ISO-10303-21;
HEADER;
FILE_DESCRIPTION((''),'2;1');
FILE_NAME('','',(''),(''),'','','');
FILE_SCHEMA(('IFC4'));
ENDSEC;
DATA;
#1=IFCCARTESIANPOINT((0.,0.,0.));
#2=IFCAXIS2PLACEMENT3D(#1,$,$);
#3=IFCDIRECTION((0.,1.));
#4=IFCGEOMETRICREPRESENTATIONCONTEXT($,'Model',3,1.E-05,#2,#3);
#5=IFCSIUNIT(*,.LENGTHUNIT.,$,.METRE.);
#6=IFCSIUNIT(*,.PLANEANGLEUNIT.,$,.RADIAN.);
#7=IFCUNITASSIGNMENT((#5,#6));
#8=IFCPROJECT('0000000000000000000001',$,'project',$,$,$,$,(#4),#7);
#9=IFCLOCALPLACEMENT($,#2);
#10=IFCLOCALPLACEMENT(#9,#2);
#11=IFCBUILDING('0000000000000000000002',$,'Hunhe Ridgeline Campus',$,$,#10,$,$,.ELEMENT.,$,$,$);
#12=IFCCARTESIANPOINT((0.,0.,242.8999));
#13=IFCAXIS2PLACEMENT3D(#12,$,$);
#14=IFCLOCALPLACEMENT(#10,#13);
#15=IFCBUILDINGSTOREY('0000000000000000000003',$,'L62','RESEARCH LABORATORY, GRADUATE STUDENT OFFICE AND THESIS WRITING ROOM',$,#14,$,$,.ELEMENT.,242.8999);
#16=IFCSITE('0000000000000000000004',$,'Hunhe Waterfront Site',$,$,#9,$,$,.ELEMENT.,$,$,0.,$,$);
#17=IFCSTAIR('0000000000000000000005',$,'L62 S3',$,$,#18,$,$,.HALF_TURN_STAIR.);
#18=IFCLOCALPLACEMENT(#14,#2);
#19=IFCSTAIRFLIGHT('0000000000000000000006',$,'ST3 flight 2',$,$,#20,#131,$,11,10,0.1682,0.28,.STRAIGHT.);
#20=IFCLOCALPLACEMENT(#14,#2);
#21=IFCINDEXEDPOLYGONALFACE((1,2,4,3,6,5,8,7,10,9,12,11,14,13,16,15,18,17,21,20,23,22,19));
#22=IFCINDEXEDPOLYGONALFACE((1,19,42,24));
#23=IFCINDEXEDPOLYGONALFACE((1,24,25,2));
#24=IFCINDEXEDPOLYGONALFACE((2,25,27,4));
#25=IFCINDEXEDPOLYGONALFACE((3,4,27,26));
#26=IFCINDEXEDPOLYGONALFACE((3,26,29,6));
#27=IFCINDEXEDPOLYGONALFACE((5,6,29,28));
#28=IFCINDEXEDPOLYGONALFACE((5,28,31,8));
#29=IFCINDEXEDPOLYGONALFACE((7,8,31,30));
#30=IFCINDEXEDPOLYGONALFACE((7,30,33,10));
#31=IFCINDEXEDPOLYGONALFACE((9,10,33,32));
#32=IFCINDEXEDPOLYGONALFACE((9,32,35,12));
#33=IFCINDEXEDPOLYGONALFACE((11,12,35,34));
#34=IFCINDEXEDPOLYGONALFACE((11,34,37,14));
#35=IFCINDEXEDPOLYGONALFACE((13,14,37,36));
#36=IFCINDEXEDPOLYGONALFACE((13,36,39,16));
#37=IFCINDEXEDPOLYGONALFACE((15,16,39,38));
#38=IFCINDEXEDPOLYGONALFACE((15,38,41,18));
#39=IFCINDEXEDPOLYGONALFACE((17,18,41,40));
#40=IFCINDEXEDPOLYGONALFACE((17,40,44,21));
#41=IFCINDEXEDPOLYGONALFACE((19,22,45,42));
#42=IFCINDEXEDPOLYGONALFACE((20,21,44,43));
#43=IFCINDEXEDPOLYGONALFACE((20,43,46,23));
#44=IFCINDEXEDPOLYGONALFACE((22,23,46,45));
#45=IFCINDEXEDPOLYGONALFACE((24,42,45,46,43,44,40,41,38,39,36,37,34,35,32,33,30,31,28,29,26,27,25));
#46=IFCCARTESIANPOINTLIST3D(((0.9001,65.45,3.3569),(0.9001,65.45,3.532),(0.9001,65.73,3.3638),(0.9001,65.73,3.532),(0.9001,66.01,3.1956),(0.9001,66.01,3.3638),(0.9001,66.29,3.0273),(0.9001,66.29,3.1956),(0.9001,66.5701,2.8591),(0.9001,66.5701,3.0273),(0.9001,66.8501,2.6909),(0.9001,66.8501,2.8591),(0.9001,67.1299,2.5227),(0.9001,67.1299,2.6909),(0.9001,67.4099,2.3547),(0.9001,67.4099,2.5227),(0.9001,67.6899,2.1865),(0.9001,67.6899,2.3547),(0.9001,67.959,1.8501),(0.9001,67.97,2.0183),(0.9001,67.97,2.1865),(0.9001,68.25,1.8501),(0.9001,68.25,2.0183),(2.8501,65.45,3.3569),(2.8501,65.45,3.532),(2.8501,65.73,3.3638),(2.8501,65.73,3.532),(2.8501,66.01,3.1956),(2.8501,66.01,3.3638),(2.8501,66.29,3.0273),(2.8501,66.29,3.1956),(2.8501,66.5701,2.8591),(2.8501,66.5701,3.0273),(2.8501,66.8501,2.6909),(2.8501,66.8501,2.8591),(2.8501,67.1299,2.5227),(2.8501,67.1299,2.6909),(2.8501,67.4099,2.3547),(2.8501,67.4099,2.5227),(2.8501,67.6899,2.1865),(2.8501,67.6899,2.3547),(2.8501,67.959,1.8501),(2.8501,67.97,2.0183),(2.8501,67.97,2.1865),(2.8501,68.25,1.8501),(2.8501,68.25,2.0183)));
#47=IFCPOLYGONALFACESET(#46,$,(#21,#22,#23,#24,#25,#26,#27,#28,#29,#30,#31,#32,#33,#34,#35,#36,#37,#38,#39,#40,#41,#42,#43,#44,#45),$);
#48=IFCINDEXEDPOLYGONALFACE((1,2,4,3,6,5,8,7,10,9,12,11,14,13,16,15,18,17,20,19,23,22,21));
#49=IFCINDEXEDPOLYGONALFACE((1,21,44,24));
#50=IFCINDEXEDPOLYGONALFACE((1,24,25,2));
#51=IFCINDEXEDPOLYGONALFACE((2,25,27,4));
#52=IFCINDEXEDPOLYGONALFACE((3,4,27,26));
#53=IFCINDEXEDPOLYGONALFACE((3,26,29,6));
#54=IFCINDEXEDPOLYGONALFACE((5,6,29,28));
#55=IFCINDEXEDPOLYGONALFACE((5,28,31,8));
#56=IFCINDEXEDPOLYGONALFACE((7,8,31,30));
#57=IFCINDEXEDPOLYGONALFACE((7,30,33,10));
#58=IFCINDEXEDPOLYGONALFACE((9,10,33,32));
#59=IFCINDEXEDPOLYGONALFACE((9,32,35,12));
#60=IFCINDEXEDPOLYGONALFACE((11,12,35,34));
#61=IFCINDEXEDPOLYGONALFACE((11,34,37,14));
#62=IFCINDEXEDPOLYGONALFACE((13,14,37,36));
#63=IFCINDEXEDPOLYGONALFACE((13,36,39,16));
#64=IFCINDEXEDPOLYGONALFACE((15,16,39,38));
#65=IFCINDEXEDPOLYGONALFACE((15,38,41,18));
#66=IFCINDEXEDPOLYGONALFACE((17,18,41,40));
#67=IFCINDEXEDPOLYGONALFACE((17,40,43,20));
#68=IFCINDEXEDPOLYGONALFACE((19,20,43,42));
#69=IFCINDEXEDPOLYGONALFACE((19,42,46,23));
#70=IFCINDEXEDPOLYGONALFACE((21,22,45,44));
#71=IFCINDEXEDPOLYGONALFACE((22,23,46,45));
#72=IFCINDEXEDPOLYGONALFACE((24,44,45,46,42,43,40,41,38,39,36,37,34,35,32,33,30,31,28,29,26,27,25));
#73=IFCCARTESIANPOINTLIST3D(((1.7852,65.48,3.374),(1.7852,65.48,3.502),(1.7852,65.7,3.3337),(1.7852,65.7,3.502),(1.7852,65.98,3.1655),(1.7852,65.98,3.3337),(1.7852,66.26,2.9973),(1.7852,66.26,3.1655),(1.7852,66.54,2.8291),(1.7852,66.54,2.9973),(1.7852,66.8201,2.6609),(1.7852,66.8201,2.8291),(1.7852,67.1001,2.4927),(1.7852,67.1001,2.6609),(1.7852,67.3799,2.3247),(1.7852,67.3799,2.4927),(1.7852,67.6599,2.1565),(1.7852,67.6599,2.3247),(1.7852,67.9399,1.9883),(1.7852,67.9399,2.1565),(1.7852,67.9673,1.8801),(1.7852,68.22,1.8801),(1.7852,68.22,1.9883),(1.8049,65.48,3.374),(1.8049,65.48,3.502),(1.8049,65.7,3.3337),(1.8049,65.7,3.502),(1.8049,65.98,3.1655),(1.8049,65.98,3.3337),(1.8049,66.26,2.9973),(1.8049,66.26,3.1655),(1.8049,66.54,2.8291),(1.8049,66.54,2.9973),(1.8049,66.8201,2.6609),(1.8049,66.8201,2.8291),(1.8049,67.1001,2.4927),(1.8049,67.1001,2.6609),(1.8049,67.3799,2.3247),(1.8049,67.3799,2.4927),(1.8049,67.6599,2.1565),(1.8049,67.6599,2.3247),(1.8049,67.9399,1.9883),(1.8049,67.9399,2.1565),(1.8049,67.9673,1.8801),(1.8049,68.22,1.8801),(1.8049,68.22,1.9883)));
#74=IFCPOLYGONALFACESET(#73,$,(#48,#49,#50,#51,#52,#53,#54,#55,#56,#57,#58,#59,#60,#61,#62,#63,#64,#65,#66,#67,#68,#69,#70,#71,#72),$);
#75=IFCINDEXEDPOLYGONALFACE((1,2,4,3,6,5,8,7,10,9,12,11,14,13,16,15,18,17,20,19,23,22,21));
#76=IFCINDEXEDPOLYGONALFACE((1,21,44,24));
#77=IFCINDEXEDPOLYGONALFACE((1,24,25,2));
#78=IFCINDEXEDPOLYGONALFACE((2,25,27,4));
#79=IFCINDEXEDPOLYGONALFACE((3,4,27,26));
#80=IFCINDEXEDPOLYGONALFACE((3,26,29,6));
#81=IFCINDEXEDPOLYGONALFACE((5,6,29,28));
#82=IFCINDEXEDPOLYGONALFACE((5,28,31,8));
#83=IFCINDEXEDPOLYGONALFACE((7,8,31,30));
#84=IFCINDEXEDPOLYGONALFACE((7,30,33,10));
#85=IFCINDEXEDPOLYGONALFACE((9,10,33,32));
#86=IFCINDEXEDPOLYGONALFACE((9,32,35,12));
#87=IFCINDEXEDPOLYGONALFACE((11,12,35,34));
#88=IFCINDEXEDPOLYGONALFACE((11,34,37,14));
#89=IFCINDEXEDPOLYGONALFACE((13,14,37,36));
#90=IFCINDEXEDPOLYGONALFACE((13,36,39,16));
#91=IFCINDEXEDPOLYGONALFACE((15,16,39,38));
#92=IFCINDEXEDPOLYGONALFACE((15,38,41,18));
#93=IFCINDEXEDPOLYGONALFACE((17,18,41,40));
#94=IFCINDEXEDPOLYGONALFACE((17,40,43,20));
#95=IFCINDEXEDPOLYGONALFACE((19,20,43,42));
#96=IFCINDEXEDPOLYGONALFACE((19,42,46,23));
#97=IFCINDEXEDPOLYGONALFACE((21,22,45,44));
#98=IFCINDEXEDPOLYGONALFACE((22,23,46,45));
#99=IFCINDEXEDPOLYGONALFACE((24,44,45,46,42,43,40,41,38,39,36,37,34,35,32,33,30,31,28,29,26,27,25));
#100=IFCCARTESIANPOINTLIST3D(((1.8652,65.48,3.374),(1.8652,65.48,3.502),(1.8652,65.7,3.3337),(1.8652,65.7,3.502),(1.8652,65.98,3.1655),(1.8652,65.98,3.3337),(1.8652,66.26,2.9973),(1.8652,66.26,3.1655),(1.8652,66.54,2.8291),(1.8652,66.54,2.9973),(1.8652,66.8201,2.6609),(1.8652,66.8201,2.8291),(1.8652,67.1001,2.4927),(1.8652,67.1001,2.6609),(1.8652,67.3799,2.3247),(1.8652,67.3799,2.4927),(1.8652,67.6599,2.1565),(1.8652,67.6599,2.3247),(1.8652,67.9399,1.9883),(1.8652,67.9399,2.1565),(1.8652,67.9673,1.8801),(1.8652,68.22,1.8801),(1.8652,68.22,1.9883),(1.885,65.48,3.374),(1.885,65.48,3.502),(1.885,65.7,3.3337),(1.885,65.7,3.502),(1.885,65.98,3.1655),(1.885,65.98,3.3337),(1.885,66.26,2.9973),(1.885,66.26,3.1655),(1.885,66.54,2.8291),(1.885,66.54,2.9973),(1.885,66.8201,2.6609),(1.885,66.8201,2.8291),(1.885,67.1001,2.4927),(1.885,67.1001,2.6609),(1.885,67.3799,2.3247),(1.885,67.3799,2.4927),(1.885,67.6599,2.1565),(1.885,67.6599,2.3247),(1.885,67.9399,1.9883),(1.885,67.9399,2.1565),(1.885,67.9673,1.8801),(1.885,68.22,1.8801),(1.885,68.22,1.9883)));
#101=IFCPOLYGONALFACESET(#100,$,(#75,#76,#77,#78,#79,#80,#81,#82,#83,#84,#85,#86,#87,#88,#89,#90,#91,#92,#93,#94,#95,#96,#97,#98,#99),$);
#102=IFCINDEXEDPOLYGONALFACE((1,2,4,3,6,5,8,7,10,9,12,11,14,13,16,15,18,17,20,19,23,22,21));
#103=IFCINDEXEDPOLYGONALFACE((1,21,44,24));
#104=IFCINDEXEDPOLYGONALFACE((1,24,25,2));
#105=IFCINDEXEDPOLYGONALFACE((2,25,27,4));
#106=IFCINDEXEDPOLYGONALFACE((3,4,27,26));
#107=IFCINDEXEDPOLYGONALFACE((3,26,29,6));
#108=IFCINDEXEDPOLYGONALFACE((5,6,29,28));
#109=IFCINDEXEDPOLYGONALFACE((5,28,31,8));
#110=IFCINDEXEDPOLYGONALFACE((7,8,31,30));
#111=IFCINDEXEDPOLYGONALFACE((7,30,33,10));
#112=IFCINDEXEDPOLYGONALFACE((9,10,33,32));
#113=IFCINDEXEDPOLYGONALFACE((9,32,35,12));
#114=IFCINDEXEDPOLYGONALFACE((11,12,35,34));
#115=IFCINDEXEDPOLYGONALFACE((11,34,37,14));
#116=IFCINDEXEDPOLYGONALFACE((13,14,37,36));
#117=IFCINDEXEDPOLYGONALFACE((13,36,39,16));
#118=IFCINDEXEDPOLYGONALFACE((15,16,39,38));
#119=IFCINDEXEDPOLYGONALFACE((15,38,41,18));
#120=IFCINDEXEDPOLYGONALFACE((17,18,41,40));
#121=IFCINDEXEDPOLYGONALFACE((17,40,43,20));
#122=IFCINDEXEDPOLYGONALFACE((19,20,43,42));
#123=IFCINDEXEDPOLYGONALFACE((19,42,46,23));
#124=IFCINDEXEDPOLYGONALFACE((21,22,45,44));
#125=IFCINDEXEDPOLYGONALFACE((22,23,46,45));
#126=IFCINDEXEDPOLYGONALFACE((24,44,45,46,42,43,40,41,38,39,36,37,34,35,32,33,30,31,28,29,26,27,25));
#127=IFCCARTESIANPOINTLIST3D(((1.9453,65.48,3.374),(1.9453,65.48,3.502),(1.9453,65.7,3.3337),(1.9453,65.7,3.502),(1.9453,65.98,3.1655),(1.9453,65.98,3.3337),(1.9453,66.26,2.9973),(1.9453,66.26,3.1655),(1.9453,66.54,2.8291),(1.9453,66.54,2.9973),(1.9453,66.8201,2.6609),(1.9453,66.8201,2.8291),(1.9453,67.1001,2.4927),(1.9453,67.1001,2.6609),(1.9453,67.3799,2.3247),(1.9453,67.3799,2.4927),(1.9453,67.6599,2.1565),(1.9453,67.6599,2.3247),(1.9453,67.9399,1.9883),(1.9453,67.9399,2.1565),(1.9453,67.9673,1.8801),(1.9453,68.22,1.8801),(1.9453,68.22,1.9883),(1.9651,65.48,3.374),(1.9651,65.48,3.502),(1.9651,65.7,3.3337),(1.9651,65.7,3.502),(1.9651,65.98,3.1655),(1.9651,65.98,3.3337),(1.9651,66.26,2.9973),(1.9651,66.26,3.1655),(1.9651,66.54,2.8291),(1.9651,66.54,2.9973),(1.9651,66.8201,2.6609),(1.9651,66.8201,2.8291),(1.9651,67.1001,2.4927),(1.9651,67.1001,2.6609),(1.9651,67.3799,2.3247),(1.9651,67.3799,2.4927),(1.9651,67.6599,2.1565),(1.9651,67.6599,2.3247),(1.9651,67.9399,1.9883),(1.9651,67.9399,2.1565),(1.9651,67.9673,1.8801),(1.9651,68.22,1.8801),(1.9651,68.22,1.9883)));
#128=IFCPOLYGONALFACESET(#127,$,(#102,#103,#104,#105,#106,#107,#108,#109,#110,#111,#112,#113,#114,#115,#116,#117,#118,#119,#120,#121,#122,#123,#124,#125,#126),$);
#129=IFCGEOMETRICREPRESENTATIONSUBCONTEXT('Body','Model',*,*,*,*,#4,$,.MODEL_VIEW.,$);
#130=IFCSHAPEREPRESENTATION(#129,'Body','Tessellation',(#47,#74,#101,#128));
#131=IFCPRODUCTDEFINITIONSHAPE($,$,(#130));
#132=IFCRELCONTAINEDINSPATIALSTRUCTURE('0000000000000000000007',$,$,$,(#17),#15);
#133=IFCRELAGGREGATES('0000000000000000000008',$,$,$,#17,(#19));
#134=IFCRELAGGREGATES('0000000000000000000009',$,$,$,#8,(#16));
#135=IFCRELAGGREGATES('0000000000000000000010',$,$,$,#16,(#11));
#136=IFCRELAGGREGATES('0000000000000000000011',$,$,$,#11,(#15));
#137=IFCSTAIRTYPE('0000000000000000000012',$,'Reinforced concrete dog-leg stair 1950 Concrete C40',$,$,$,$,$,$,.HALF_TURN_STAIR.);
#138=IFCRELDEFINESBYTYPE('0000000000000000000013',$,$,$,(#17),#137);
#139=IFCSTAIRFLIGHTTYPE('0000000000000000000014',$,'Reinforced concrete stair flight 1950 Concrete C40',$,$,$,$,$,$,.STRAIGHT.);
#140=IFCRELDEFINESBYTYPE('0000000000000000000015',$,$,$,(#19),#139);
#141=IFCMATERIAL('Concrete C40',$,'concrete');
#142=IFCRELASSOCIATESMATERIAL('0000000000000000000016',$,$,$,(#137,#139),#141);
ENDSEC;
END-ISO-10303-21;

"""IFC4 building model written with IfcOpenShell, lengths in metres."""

from ifc_helpers import new_model, si_unit, direction, frame, origin, place, context, subcontext, project, spatial, polyline, outline, extrude, material, type_object, element, aggregate, save


model = new_model("IFC4")

# Units and contexts
model_context = context("Model", 3, precision=1e-05, world=origin(), true_north=direction((0.0, 1.0)))
body_context = subcontext(model_context, "Body", "Model", "MODEL_VIEW")
ifc_project = project(units=[si_unit("LENGTHUNIT", "METRE"), si_unit("PLANEANGLEUNIT", "RADIAN")], contexts=[model_context])

# Site, building, storey
site_placement = place(None, origin())
site = spatial("IfcSite", under=ifc_project, at=site_placement, Name="Hunhe Waterfront Site", CompositionType="ELEMENT", RefElevation=0.0)
building_placement = place(site_placement, origin())
building = spatial("IfcBuilding", under=site, at=building_placement, Name="Hunhe Ridgeline Campus", CompositionType="ELEMENT")
storey_placement = place(building_placement, frame((0.0, 0.0, 242.8999)))
storey = spatial("IfcBuildingStorey", under=building, at=storey_placement, Name="L62", Description="RESEARCH LABORATORY, GRADUATE STUDENT OFFICE AND THESIS WRITING ROOM", CompositionType="ELEMENT", Elevation=242.8999)

# Stair, stair flight
ifc_material_1 = material(Name="Concrete C40", Category="concrete")
stair_type = type_object("IfcStairType", Name="Reinforced concrete dog-leg stair 1950 Concrete C40", PredefinedType="HALF_TURN_STAIR", material=ifc_material_1)
stair_1_placement = place(storey_placement, origin())
stair_1 = element("IfcStair", 1, at=stair_1_placement, inside=storey, type_object=stair_type, Name="L62 S3", PredefinedType="HALF_TURN_STAIR")
stair_flight_type = type_object("IfcStairFlightType", Name="Reinforced concrete stair flight 1950 Concrete C40", PredefinedType="STRAIGHT", material=ifc_material_1)
stair_flight_1_placement = place(storey_placement, frame((1.875, 68.25, 1.8501), z_axis=(0.0, 0.0, 1.0), x_axis=(0.0, -1.0, 0.0)))
stair_flight_1 = element("IfcStairFlight", 2, at=stair_flight_1_placement, type_object=stair_flight_type, Name="ST3 flight 2", NumberOfRisers=11, NumberOfTreads=10, PredefinedType="STRAIGHT", RiserHeight=0.1682, TreadLength=0.28, context=body_context, shape_type="SweptSolid", body=[
    extrude(outline(polyline([(0.0, 0.0), (0.0, 0.1682), (0.28, 0.1682), (0.28, 0.3364), (0.5601, 0.3364), (0.5601, 0.5046), (0.8401, 0.5046), (0.8401, 0.6726), (1.1201, 0.6726), (1.1201, 0.8408), (1.3999, 0.8408), (1.3999, 1.009), (1.6799, 1.009), (1.6799, 1.1772), (1.96, 1.1772), (1.96, 1.3455), (2.24, 1.3455), (2.24, 1.5137), (2.52, 1.5137), (2.52, 1.6819), (2.8, 1.6819), (2.8, 1.8501), (2.8, 1.5068), (0.291, 0.0), (0.0, 0.0)])), frame((0.0, 0.9751, 0.0), z_axis=(0.0, -1.0, 0.0), x_axis=(1.0, 0.0, 0.0)), (0.0, 0.0, 1.0), 1.95),
    extrude(outline(polyline([(0.03, 0.03), (0.03, 0.1382), (0.3101, 0.1382), (0.3101, 0.3064), (0.5901, 0.3064), (0.5901, 0.4746), (0.8701, 0.4746), (0.8701, 0.6426), (1.1499, 0.6426), (1.1499, 0.8108), (1.4299, 0.8108), (1.4299, 0.979), (1.71, 0.979), (1.71, 1.1472), (1.99, 1.1472), (1.99, 1.3154), (2.27, 1.3154), (2.27, 1.4836), (2.55, 1.4836), (2.55, 1.6519), (2.77, 1.6519), (2.77, 1.5239), (0.2827, 0.03), (0.03, 0.03)])), frame((0.0, -0.0701, 0.0), z_axis=(0.0, -1.0, 0.0), x_axis=(1.0, 0.0, 0.0)), (0.0, 0.0, 1.0), 0.0198),
    extrude(outline(polyline([(0.03, 0.03), (0.03, 0.1382), (0.3101, 0.1382), (0.3101, 0.3064), (0.5901, 0.3064), (0.5901, 0.4746), (0.8701, 0.4746), (0.8701, 0.6426), (1.1499, 0.6426), (1.1499, 0.8108), (1.4299, 0.8108), (1.4299, 0.979), (1.71, 0.979), (1.71, 1.1472), (1.99, 1.1472), (1.99, 1.3154), (2.27, 1.3154), (2.27, 1.4836), (2.55, 1.4836), (2.55, 1.6519), (2.77, 1.6519), (2.77, 1.5239), (0.2827, 0.03), (0.03, 0.03)])), frame((0.0, 0.01, 0.0), z_axis=(0.0, -1.0, 0.0), x_axis=(1.0, 0.0, 0.0)), (0.0, 0.0, 1.0), 0.0198),
    extrude(outline(polyline([(0.03, 0.03), (0.03, 0.1382), (0.3101, 0.1382), (0.3101, 0.3064), (0.5901, 0.3064), (0.5901, 0.4746), (0.8701, 0.4746), (0.8701, 0.6426), (1.1499, 0.6426), (1.1499, 0.8108), (1.4299, 0.8108), (1.4299, 0.979), (1.71, 0.979), (1.71, 1.1472), (1.99, 1.1472), (1.99, 1.3154), (2.27, 1.3154), (2.27, 1.4836), (2.55, 1.4836), (2.55, 1.6519), (2.77, 1.6519), (2.77, 1.5239), (0.2827, 0.03), (0.03, 0.03)])), frame((0.0, 0.0901, 0.0), z_axis=(0.0, -1.0, 0.0), x_axis=(1.0, 0.0, 0.0)), (0.0, 0.0, 1.0), 0.0198),
])
aggregate(stair_1, [stair_flight_1])

save(model, "model.ifc")
